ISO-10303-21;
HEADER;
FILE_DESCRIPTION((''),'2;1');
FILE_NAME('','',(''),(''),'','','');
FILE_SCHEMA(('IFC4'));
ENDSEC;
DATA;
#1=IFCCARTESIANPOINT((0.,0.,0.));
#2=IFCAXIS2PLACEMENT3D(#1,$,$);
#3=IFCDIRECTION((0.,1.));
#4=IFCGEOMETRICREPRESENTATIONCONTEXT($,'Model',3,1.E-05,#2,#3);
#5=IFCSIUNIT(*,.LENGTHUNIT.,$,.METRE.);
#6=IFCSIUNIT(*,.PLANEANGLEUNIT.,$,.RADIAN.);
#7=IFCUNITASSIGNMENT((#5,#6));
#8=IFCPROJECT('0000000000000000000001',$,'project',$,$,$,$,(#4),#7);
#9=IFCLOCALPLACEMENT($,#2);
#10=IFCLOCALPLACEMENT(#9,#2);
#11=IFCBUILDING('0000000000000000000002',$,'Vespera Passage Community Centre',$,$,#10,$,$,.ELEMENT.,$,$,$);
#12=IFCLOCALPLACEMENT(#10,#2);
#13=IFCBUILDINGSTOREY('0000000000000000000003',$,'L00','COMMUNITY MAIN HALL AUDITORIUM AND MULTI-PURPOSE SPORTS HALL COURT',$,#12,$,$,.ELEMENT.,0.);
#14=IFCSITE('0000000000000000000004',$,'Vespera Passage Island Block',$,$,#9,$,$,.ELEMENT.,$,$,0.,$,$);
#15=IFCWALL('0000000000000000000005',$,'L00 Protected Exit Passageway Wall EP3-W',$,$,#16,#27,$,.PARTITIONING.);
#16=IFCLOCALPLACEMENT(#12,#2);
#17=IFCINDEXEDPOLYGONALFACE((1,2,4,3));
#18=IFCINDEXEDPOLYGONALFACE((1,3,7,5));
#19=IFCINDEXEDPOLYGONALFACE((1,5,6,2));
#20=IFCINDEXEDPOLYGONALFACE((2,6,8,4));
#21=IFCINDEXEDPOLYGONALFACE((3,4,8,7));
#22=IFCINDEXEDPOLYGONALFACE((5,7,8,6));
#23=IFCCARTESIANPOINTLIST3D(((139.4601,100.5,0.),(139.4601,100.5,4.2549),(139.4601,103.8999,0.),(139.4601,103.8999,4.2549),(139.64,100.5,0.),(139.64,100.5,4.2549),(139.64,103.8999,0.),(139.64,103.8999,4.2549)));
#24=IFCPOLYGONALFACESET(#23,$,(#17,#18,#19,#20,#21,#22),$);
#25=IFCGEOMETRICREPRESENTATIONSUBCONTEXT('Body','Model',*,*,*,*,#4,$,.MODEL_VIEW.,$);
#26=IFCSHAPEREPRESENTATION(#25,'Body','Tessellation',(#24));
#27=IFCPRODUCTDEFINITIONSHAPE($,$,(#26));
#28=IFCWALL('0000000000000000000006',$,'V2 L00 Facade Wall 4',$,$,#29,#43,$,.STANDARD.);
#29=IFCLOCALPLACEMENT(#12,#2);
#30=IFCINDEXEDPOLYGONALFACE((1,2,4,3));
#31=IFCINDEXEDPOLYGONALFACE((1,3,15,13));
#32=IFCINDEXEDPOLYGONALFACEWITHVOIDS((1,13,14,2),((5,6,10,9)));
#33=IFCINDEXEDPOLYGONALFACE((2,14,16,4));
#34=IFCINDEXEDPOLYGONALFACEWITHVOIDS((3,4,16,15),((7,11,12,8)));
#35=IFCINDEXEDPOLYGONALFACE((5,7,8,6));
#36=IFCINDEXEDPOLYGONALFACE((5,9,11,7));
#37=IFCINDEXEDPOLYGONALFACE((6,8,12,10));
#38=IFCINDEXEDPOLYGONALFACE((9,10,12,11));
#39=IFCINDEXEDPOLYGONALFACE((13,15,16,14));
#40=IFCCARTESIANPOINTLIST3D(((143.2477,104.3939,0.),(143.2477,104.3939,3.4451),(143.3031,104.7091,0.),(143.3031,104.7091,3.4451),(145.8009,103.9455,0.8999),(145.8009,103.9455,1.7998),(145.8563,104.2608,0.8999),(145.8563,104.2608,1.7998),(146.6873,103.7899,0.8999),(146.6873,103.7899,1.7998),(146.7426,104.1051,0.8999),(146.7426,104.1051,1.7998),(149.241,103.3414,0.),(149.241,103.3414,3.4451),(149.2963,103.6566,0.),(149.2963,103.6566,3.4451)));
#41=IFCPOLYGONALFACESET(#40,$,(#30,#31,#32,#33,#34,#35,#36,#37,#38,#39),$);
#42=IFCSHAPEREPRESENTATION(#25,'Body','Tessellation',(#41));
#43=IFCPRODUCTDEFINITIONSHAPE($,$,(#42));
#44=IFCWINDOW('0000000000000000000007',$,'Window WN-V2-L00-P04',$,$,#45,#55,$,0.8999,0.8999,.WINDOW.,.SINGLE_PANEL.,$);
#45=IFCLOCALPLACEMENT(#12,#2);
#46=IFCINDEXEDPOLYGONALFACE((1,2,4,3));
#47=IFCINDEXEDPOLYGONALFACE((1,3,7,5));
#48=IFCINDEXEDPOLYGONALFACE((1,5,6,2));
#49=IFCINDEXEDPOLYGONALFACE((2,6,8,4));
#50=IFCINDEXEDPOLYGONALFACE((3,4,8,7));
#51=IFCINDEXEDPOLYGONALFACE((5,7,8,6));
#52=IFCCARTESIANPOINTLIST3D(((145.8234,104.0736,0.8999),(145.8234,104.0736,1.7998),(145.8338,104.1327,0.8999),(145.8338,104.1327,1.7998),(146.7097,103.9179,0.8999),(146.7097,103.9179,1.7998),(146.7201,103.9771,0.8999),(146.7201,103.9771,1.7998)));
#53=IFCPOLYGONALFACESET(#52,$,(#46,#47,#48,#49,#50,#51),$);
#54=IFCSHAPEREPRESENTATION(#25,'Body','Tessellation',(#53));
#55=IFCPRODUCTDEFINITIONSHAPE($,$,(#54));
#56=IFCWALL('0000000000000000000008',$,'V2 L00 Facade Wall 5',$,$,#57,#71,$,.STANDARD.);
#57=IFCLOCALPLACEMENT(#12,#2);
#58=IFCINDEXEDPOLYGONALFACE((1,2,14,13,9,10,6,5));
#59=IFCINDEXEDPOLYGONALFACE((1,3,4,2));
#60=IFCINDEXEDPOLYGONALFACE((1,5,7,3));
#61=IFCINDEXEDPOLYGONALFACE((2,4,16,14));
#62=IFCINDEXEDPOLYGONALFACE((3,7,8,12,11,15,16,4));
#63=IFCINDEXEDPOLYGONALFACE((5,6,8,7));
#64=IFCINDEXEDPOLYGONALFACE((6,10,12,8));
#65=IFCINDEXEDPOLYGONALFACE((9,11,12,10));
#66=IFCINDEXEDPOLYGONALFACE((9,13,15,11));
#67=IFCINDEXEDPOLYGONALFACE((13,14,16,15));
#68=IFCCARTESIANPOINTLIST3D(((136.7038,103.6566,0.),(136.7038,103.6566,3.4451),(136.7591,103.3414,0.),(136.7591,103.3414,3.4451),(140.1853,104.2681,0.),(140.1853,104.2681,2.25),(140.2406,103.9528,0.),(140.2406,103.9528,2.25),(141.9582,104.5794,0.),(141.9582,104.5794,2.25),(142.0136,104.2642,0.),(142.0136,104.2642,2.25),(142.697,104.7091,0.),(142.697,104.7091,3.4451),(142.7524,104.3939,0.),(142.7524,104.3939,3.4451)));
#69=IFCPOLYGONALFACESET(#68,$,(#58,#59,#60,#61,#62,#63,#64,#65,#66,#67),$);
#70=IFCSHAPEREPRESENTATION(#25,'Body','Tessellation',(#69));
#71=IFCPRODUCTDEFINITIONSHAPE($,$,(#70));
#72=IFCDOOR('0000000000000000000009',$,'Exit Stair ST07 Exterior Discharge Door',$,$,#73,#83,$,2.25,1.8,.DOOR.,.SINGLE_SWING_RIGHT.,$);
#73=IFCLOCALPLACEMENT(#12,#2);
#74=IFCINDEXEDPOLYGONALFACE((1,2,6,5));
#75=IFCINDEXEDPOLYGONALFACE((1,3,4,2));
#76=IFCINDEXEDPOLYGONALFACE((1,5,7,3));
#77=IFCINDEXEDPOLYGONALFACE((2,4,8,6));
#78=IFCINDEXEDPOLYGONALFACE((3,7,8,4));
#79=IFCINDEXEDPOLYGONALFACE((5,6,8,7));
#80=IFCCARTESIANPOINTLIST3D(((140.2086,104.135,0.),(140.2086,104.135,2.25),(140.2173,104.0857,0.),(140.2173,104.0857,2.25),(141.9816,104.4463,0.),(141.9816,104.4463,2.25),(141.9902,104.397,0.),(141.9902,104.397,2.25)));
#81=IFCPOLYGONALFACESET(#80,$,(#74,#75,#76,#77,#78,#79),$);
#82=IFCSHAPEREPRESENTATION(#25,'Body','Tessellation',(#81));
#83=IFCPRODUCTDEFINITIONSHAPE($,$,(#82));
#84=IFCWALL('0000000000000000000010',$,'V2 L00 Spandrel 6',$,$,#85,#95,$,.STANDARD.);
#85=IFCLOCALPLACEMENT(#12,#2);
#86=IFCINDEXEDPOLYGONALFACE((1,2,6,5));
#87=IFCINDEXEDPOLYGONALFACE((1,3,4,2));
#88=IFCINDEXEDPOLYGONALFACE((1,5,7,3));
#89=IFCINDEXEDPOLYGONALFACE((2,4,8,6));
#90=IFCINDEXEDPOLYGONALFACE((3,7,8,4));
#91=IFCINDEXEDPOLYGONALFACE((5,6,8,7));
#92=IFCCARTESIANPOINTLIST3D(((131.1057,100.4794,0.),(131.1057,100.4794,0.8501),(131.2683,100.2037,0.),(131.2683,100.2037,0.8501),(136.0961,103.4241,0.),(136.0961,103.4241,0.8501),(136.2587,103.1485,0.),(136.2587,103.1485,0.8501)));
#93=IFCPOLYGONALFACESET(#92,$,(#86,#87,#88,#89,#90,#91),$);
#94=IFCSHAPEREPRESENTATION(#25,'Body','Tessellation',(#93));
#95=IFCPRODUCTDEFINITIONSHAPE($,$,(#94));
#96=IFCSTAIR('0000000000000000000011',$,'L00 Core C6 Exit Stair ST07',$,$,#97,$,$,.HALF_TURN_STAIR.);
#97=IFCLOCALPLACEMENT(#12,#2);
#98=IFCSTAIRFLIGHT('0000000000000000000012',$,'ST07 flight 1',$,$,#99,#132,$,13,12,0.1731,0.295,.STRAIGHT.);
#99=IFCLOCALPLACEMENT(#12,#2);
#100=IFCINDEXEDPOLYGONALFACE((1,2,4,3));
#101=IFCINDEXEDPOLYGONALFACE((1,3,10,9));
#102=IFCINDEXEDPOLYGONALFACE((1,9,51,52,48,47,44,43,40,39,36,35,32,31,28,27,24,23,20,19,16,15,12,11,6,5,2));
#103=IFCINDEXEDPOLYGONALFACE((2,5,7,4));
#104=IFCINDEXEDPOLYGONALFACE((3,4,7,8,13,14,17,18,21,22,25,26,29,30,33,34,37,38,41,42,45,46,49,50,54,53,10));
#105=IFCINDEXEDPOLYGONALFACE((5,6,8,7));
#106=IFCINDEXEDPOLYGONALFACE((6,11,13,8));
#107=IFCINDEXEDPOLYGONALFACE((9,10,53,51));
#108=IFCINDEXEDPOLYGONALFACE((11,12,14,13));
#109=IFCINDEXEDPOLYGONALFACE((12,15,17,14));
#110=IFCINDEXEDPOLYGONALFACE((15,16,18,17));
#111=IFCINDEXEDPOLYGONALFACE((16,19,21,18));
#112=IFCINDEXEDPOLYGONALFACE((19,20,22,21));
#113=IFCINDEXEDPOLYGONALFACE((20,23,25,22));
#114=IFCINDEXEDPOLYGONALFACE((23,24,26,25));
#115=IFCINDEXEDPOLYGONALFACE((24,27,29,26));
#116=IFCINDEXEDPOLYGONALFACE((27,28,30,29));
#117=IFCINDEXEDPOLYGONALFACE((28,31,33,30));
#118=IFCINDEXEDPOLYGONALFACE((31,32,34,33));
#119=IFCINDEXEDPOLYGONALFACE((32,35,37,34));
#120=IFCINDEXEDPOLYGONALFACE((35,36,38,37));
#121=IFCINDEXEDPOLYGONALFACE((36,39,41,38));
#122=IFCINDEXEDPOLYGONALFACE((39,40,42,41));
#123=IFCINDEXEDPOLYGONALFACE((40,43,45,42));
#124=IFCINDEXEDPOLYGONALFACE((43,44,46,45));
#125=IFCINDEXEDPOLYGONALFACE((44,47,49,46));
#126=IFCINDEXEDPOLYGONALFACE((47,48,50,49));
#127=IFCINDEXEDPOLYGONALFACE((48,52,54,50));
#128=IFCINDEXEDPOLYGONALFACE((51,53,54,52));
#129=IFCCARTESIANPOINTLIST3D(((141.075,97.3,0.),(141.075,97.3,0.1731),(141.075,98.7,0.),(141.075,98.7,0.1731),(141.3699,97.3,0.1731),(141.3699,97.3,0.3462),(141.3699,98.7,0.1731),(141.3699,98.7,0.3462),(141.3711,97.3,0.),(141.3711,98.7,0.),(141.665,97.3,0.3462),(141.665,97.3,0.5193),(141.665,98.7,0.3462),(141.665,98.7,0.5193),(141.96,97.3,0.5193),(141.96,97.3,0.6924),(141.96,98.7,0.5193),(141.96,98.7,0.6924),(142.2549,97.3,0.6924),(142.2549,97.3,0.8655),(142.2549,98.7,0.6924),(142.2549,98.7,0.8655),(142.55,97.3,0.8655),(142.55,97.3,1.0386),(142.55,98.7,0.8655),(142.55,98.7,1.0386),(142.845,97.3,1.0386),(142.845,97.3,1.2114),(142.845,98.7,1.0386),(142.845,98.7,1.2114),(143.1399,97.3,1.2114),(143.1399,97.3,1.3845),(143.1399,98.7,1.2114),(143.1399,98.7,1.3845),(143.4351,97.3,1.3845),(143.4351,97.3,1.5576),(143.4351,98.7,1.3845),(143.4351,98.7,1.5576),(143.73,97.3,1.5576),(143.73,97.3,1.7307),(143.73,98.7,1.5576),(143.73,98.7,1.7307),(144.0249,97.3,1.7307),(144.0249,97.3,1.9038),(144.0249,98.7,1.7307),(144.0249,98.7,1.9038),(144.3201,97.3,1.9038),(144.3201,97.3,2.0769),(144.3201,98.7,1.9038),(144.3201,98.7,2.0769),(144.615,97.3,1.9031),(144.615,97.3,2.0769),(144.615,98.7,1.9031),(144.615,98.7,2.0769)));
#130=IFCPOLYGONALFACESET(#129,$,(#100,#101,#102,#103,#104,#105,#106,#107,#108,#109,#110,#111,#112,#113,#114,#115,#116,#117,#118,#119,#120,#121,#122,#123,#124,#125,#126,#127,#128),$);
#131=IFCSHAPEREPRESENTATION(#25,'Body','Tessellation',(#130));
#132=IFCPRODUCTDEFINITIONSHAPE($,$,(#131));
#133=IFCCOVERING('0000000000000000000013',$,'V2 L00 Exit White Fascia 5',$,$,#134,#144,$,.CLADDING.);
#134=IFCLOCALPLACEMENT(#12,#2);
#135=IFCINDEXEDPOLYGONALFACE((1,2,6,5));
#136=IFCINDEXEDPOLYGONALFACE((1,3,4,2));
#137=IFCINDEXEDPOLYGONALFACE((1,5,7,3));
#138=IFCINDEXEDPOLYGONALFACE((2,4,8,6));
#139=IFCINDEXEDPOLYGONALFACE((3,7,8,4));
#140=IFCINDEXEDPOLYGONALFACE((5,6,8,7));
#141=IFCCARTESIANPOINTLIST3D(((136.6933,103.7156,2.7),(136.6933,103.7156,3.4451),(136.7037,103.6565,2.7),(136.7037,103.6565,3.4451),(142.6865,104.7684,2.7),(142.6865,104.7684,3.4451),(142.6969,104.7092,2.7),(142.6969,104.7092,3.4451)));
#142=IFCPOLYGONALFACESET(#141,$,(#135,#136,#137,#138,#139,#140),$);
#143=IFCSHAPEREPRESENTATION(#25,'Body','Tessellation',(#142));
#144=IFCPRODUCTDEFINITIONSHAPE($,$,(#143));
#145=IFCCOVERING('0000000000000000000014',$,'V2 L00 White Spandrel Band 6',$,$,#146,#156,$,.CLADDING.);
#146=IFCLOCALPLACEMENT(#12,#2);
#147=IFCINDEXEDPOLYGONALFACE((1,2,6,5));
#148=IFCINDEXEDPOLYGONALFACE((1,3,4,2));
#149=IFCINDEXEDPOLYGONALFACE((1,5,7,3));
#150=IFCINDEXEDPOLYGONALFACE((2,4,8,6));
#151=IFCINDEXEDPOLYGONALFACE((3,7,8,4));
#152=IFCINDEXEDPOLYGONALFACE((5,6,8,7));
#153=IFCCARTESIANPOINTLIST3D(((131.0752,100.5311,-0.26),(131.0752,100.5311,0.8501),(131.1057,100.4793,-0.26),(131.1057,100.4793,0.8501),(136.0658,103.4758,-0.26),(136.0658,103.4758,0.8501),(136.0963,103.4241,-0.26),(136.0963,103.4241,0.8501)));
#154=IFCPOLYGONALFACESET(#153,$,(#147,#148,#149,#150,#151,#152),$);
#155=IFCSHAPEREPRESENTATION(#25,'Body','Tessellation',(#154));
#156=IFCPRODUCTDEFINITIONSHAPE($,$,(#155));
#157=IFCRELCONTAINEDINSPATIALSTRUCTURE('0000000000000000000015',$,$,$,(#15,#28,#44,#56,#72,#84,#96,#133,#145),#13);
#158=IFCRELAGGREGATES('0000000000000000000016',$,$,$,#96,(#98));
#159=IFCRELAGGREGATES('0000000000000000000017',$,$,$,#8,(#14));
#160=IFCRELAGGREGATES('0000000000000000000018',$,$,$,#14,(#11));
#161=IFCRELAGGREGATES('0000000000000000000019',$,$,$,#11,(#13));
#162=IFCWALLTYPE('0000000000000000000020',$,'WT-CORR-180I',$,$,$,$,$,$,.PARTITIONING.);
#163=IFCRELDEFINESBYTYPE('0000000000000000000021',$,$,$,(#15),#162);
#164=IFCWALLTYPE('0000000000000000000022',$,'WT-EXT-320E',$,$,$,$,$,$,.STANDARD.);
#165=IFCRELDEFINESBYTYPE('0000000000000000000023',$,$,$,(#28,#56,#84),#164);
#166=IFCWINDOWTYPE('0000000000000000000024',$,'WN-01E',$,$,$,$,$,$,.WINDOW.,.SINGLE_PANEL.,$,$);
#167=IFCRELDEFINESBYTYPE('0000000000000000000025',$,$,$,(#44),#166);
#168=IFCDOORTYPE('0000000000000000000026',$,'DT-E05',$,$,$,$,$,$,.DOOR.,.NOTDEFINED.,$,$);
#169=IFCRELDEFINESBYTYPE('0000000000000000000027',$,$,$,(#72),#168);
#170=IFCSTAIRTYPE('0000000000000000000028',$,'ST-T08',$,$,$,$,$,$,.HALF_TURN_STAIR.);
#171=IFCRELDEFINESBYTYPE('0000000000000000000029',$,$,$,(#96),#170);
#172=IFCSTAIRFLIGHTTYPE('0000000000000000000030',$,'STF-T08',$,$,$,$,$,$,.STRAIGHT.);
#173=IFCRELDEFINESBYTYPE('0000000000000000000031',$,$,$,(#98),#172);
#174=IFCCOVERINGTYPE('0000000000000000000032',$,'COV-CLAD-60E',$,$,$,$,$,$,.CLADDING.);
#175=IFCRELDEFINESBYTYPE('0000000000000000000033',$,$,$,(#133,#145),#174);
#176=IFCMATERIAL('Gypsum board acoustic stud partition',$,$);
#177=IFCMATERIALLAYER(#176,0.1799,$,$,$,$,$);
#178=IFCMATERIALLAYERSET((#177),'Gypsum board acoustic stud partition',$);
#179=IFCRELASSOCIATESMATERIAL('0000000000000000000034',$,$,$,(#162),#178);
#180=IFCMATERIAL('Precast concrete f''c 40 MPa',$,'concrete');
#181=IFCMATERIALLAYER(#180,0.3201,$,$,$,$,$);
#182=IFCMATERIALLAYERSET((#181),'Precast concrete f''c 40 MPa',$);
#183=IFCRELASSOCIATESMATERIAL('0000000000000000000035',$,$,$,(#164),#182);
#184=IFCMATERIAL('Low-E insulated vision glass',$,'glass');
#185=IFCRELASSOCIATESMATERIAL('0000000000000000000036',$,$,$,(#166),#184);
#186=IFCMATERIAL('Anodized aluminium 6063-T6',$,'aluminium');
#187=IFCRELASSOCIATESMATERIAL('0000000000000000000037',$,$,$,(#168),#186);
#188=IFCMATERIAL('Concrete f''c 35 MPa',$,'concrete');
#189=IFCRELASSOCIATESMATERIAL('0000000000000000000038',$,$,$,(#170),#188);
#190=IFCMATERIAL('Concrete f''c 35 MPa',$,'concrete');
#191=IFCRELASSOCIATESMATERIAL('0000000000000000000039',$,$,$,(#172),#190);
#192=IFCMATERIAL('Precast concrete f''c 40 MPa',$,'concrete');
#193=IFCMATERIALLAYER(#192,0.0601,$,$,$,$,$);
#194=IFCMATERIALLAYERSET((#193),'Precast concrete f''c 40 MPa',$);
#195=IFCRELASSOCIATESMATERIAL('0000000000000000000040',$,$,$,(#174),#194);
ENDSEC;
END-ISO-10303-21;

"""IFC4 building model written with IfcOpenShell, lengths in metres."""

from ifc_helpers import new_model, si_unit, direction, frame, frame_2d, origin, place, context, subcontext, project, spatial, polyline, rectangle, outline, extrude, material, layer, layer_set, type_object, element, fill, aggregate, save


model = new_model("IFC4")

# Units and contexts
model_context = context("Model", 3, precision=1e-05, world=origin(), true_north=direction((0.0, 1.0)))
body_context = subcontext(model_context, "Body", "Model", "MODEL_VIEW")
ifc_project = project(units=[si_unit("LENGTHUNIT", "METRE"), si_unit("PLANEANGLEUNIT", "RADIAN")], contexts=[model_context])

# Site, building, storey
site_placement = place(None, origin())
site = spatial("IfcSite", under=ifc_project, at=site_placement, Name="Vespera Passage Island Block", CompositionType="ELEMENT", RefElevation=0.0)
building_placement = place(site_placement, origin())
building = spatial("IfcBuilding", under=site, at=building_placement, Name="Vespera Passage Community Centre", CompositionType="ELEMENT")
storey_placement = place(building_placement, origin())
storey = spatial("IfcBuildingStorey", under=building, at=storey_placement, Name="L00", Description="COMMUNITY MAIN HALL AUDITORIUM AND MULTI-PURPOSE SPORTS HALL COURT", CompositionType="ELEMENT", Elevation=0.0)

# Wall
ifc_material_1 = material(Name="Gypsum board acoustic stud partition")
ifc_layer_1 = layer(ifc_material_1, 0.1799)
ifc_layer_set_1 = layer_set([ifc_layer_1], Name="Gypsum board acoustic stud partition")
wall_type_1 = type_object("IfcWallType", Name="WT-CORR-180I", PredefinedType="PARTITIONING", material=ifc_layer_set_1)
wall_1_placement = place(storey_placement, frame((139.55, 100.5, 0.0), z_axis=(0.0, 0.0, 1.0), x_axis=(0.0, 1.0, 0.0)))
element("IfcWall", 1, at=wall_1_placement, inside=storey, type_object=wall_type_1, Name="L00 Protected Exit Passageway Wall EP3-W", PredefinedType="PARTITIONING", context=body_context, shape_type="SweptSolid", body=[
    extrude(rectangle(XDim=3.3999, YDim=0.1799, at=frame_2d((1.7, 0.0))), origin(), (0.0, 0.0, 1.0), 4.2549),
])

# Wall, opening, window
ifc_material_2 = material(Name="Precast concrete f'c 40 MPa", Category="concrete")
ifc_layer_2 = layer(ifc_material_2, 0.3201)
ifc_layer_set_2 = layer_set([ifc_layer_2], Name="Precast concrete f'c 40 MPa")
wall_type_2 = type_object("IfcWallType", Name="WT-EXT-320E", PredefinedType="STANDARD", material=ifc_layer_set_2)
wall_2_placement = place(storey_placement, frame((143.2754, 104.5515, 0.0), z_axis=(0.0, 0.0, 1.0), x_axis=(0.984927, -0.172968, 0.0)))
wall_2 = element("IfcWall", 2, at=wall_2_placement, inside=storey, type_object=wall_type_2, Name="V2 L00 Facade Wall 4", PredefinedType="STANDARD", context=body_context, shape_type="SweptSolid", body=[
    extrude(rectangle(XDim=6.085, YDim=0.3201, at=frame_2d((3.0425, 0.0))), origin(), (0.0, 0.0, 1.0), 3.4451),
])
opening_1_placement = place(wall_2_placement, frame((2.5923, 0.0, 0.8999)))
opening_1 = element("IfcOpeningElement", 3, at=opening_1_placement, cuts=wall_2, PredefinedType="OPENING", context=body_context, shape_type="SweptSolid", body=[
    extrude(rectangle(XDim=0.8999, YDim=0.8999, at=frame_2d((0.45, 0.45))), frame((0.0, 0.1702, 0.0), z_axis=(0.0, -1.0, 0.0), x_axis=(1.0, 0.0, 0.0)), (0.0, 0.0, 1.0), 0.3401),
])
ifc_material_3 = material(Name="Low-E insulated vision glass", Category="glass")
window_type = type_object("IfcWindowType", Name="WN-01E", PartitioningType="SINGLE_PANEL", PredefinedType="WINDOW", material=ifc_material_3)
window_placement = place(opening_1_placement, origin())
window = element("IfcWindow", 4, at=window_placement, inside=storey, type_object=window_type, Name="Window WN-V2-L00-P04", OverallHeight=0.8999, OverallWidth=0.8999, PartitioningType="SINGLE_PANEL", PredefinedType="WINDOW", context=body_context, shape_type="SweptSolid", body=[
    extrude(rectangle(XDim=0.8999, YDim=0.8999, at=frame_2d((0.45, 0.45))), frame((0.0, 0.03, 0.0), z_axis=(0.0, -1.0, 0.0), x_axis=(1.0, 0.0, 0.0)), (0.0, 0.0, 1.0), 0.0601),
])
fill(opening_1, window)

# Wall, opening, door
wall_3_placement = place(storey_placement, frame((136.7314, 103.499, 0.0), z_axis=(0.0, 0.0, 1.0), x_axis=(0.984927, 0.172968, 0.0)))
wall_3 = element("IfcWall", 5, at=wall_3_placement, inside=storey, type_object=wall_type_2, Name="V2 L00 Facade Wall 5", PredefinedType="STANDARD", context=body_context, shape_type="SweptSolid", body=[
    extrude(rectangle(XDim=6.085, YDim=0.3201, at=frame_2d((3.0425, 0.0))), origin(), (0.0, 0.0, 1.0), 3.4451),
])
opening_2_placement = place(wall_3_placement, frame((3.5349, 0.0, 0.0)))
opening_2 = element("IfcOpeningElement", 6, at=opening_2_placement, cuts=wall_3, PredefinedType="OPENING", context=body_context, shape_type="SweptSolid", body=[
    extrude(rectangle(XDim=1.8, YDim=2.25, at=frame_2d((0.8999, 1.125))), frame((0.0, 0.1702, 0.0), z_axis=(0.0, -1.0, 0.0), x_axis=(1.0, 0.0, 0.0)), (0.0, 0.0, 1.0), 0.3401),
])
ifc_material_4 = material(Name="Anodized aluminium 6063-T6", Category="aluminium")
door_type_1 = type_object("IfcDoorType", Name="DT-E05", OperationType="NOTDEFINED", PredefinedType="DOOR", material=ifc_material_4)
door_1_placement = place(opening_2_placement, origin())
door_1 = element("IfcDoor", 7, at=door_1_placement, inside=storey, type_object=door_type_1, Name="Exit Stair ST07 Exterior Discharge Door", OperationType="SINGLE_SWING_RIGHT", OverallHeight=2.25, OverallWidth=1.8, PredefinedType="DOOR", context=body_context, shape_type="SweptSolid", body=[
    extrude(rectangle(XDim=1.8, YDim=2.25, at=frame_2d((0.8999, 1.125))), frame((0.0, 0.0249, 0.0), z_axis=(0.0, -1.0, 0.0), x_axis=(1.0, 0.0, 0.0)), (0.0, 0.0, 1.0), 0.05),
])
fill(opening_2, door_1)

# Wall
wall_4_placement = place(storey_placement, frame((131.187, 100.3416, 0.0), z_axis=(0.0, 0.0, 1.0), x_axis=(0.861236, 0.508205, 0.0)))
element("IfcWall", 8, at=wall_4_placement, inside=storey, type_object=wall_type_2, Name="V2 L00 Spandrel 6", PredefinedType="STANDARD", context=body_context, shape_type="SweptSolid", body=[
    extrude(rectangle(XDim=5.7944, YDim=0.3201, at=frame_2d((2.8972, 0.0))), origin(), (0.0, 0.0, 1.0), 0.8501),
])

# Stair, stair flight
ifc_material_5 = material(Name="Concrete f'c 35 MPa", Category="concrete")
stair_type = type_object("IfcStairType", Name="ST-T08", PredefinedType="HALF_TURN_STAIR", material=ifc_material_5)
stair_placement = place(storey_placement, origin())
stair = element("IfcStair", 9, at=stair_placement, inside=storey, type_object=stair_type, Name="L00 Core C6 Exit Stair ST07", PredefinedType="HALF_TURN_STAIR")
ifc_material_6 = material(Name="Concrete f'c 35 MPa", Category="concrete")
stair_flight_type = type_object("IfcStairFlightType", Name="STF-T08", PredefinedType="STRAIGHT", material=ifc_material_6)
stair_flight_placement = place(storey_placement, frame((141.075, 98.0, 0.0), z_axis=(0.0, 0.0, 1.0), x_axis=(1.0, 0.0, 0.0)))
stair_flight = element("IfcStairFlight", 10, at=stair_flight_placement, type_object=stair_flight_type, Name="ST07 flight 1", NumberOfRisers=13, NumberOfTreads=12, PredefinedType="STRAIGHT", RiserHeight=0.1731, TreadLength=0.295, context=body_context, shape_type="SweptSolid", body=[
    extrude(outline(polyline([(0.0, 0.0), (0.0, 0.1731), (0.2949, 0.1731), (0.2949, 0.3462), (0.5901, 0.3462), (0.5901, 0.5193), (0.885, 0.5193), (0.885, 0.6924), (1.1799, 0.6924), (1.1799, 0.8655), (1.4751, 0.8655), (1.4751, 1.0386), (1.77, 1.0386), (1.77, 1.2114), (2.0649, 1.2114), (2.0649, 1.3845), (2.3601, 1.3845), (2.3601, 1.5576), (2.655, 1.5576), (2.655, 1.7307), (2.95, 1.7307), (2.95, 1.9038), (3.2451, 1.9038), (3.2451, 2.0769), (3.54, 2.0769), (3.54, 2.25), (3.54, 1.9031), (0.2961, 0.0), (0.0, 0.0)])), frame((0.0, 0.7, 0.0), z_axis=(0.0, -1.0, 0.0), x_axis=(1.0, 0.0, 0.0)), (0.0, 0.0, 1.0), 1.3999),
])
aggregate(stair, [stair_flight])

# Coverings
ifc_material_7 = material(Name="Precast concrete f'c 40 MPa", Category="concrete")
ifc_layer_3 = layer(ifc_material_7, 0.0601)
ifc_layer_set_3 = layer_set([ifc_layer_3], Name="Precast concrete f'c 40 MPa")
covering_type = type_object("IfcCoveringType", Name="COV-CLAD-60E", PredefinedType="CLADDING", material=ifc_layer_set_3)
covering_1_placement = place(storey_placement, frame((136.6985, 103.686, 2.7), z_axis=(0.0, 0.0, 1.0), x_axis=(0.984921, 0.173007, 0.0)))
element("IfcCovering", 11, at=covering_1_placement, inside=storey, type_object=covering_type, Name="V2 L00 Exit White Fascia 5", PredefinedType="CLADDING", context=body_context, shape_type="SweptSolid", body=[
    extrude(rectangle(XDim=6.085, YDim=0.0601, at=frame_2d((3.0425, 0.0))), origin(), (0.0, 0.0, 1.0), 0.7451),
])
covering_2_placement = place(storey_placement, frame((131.0903, 100.5051, -0.26), z_axis=(0.0, 0.0, 1.0), x_axis=(0.861247, 0.508187, 0.0)))
element("IfcCovering", 12, at=covering_2_placement, inside=storey, type_object=covering_type, Name="V2 L00 White Spandrel Band 6", PredefinedType="CLADDING", context=body_context, shape_type="SweptSolid", body=[
    extrude(rectangle(XDim=5.7947, YDim=0.0601, at=frame_2d((2.8975, 0.0))), origin(), (0.0, 0.0, 1.0), 1.1101),
])

save(model, "model.ifc")
